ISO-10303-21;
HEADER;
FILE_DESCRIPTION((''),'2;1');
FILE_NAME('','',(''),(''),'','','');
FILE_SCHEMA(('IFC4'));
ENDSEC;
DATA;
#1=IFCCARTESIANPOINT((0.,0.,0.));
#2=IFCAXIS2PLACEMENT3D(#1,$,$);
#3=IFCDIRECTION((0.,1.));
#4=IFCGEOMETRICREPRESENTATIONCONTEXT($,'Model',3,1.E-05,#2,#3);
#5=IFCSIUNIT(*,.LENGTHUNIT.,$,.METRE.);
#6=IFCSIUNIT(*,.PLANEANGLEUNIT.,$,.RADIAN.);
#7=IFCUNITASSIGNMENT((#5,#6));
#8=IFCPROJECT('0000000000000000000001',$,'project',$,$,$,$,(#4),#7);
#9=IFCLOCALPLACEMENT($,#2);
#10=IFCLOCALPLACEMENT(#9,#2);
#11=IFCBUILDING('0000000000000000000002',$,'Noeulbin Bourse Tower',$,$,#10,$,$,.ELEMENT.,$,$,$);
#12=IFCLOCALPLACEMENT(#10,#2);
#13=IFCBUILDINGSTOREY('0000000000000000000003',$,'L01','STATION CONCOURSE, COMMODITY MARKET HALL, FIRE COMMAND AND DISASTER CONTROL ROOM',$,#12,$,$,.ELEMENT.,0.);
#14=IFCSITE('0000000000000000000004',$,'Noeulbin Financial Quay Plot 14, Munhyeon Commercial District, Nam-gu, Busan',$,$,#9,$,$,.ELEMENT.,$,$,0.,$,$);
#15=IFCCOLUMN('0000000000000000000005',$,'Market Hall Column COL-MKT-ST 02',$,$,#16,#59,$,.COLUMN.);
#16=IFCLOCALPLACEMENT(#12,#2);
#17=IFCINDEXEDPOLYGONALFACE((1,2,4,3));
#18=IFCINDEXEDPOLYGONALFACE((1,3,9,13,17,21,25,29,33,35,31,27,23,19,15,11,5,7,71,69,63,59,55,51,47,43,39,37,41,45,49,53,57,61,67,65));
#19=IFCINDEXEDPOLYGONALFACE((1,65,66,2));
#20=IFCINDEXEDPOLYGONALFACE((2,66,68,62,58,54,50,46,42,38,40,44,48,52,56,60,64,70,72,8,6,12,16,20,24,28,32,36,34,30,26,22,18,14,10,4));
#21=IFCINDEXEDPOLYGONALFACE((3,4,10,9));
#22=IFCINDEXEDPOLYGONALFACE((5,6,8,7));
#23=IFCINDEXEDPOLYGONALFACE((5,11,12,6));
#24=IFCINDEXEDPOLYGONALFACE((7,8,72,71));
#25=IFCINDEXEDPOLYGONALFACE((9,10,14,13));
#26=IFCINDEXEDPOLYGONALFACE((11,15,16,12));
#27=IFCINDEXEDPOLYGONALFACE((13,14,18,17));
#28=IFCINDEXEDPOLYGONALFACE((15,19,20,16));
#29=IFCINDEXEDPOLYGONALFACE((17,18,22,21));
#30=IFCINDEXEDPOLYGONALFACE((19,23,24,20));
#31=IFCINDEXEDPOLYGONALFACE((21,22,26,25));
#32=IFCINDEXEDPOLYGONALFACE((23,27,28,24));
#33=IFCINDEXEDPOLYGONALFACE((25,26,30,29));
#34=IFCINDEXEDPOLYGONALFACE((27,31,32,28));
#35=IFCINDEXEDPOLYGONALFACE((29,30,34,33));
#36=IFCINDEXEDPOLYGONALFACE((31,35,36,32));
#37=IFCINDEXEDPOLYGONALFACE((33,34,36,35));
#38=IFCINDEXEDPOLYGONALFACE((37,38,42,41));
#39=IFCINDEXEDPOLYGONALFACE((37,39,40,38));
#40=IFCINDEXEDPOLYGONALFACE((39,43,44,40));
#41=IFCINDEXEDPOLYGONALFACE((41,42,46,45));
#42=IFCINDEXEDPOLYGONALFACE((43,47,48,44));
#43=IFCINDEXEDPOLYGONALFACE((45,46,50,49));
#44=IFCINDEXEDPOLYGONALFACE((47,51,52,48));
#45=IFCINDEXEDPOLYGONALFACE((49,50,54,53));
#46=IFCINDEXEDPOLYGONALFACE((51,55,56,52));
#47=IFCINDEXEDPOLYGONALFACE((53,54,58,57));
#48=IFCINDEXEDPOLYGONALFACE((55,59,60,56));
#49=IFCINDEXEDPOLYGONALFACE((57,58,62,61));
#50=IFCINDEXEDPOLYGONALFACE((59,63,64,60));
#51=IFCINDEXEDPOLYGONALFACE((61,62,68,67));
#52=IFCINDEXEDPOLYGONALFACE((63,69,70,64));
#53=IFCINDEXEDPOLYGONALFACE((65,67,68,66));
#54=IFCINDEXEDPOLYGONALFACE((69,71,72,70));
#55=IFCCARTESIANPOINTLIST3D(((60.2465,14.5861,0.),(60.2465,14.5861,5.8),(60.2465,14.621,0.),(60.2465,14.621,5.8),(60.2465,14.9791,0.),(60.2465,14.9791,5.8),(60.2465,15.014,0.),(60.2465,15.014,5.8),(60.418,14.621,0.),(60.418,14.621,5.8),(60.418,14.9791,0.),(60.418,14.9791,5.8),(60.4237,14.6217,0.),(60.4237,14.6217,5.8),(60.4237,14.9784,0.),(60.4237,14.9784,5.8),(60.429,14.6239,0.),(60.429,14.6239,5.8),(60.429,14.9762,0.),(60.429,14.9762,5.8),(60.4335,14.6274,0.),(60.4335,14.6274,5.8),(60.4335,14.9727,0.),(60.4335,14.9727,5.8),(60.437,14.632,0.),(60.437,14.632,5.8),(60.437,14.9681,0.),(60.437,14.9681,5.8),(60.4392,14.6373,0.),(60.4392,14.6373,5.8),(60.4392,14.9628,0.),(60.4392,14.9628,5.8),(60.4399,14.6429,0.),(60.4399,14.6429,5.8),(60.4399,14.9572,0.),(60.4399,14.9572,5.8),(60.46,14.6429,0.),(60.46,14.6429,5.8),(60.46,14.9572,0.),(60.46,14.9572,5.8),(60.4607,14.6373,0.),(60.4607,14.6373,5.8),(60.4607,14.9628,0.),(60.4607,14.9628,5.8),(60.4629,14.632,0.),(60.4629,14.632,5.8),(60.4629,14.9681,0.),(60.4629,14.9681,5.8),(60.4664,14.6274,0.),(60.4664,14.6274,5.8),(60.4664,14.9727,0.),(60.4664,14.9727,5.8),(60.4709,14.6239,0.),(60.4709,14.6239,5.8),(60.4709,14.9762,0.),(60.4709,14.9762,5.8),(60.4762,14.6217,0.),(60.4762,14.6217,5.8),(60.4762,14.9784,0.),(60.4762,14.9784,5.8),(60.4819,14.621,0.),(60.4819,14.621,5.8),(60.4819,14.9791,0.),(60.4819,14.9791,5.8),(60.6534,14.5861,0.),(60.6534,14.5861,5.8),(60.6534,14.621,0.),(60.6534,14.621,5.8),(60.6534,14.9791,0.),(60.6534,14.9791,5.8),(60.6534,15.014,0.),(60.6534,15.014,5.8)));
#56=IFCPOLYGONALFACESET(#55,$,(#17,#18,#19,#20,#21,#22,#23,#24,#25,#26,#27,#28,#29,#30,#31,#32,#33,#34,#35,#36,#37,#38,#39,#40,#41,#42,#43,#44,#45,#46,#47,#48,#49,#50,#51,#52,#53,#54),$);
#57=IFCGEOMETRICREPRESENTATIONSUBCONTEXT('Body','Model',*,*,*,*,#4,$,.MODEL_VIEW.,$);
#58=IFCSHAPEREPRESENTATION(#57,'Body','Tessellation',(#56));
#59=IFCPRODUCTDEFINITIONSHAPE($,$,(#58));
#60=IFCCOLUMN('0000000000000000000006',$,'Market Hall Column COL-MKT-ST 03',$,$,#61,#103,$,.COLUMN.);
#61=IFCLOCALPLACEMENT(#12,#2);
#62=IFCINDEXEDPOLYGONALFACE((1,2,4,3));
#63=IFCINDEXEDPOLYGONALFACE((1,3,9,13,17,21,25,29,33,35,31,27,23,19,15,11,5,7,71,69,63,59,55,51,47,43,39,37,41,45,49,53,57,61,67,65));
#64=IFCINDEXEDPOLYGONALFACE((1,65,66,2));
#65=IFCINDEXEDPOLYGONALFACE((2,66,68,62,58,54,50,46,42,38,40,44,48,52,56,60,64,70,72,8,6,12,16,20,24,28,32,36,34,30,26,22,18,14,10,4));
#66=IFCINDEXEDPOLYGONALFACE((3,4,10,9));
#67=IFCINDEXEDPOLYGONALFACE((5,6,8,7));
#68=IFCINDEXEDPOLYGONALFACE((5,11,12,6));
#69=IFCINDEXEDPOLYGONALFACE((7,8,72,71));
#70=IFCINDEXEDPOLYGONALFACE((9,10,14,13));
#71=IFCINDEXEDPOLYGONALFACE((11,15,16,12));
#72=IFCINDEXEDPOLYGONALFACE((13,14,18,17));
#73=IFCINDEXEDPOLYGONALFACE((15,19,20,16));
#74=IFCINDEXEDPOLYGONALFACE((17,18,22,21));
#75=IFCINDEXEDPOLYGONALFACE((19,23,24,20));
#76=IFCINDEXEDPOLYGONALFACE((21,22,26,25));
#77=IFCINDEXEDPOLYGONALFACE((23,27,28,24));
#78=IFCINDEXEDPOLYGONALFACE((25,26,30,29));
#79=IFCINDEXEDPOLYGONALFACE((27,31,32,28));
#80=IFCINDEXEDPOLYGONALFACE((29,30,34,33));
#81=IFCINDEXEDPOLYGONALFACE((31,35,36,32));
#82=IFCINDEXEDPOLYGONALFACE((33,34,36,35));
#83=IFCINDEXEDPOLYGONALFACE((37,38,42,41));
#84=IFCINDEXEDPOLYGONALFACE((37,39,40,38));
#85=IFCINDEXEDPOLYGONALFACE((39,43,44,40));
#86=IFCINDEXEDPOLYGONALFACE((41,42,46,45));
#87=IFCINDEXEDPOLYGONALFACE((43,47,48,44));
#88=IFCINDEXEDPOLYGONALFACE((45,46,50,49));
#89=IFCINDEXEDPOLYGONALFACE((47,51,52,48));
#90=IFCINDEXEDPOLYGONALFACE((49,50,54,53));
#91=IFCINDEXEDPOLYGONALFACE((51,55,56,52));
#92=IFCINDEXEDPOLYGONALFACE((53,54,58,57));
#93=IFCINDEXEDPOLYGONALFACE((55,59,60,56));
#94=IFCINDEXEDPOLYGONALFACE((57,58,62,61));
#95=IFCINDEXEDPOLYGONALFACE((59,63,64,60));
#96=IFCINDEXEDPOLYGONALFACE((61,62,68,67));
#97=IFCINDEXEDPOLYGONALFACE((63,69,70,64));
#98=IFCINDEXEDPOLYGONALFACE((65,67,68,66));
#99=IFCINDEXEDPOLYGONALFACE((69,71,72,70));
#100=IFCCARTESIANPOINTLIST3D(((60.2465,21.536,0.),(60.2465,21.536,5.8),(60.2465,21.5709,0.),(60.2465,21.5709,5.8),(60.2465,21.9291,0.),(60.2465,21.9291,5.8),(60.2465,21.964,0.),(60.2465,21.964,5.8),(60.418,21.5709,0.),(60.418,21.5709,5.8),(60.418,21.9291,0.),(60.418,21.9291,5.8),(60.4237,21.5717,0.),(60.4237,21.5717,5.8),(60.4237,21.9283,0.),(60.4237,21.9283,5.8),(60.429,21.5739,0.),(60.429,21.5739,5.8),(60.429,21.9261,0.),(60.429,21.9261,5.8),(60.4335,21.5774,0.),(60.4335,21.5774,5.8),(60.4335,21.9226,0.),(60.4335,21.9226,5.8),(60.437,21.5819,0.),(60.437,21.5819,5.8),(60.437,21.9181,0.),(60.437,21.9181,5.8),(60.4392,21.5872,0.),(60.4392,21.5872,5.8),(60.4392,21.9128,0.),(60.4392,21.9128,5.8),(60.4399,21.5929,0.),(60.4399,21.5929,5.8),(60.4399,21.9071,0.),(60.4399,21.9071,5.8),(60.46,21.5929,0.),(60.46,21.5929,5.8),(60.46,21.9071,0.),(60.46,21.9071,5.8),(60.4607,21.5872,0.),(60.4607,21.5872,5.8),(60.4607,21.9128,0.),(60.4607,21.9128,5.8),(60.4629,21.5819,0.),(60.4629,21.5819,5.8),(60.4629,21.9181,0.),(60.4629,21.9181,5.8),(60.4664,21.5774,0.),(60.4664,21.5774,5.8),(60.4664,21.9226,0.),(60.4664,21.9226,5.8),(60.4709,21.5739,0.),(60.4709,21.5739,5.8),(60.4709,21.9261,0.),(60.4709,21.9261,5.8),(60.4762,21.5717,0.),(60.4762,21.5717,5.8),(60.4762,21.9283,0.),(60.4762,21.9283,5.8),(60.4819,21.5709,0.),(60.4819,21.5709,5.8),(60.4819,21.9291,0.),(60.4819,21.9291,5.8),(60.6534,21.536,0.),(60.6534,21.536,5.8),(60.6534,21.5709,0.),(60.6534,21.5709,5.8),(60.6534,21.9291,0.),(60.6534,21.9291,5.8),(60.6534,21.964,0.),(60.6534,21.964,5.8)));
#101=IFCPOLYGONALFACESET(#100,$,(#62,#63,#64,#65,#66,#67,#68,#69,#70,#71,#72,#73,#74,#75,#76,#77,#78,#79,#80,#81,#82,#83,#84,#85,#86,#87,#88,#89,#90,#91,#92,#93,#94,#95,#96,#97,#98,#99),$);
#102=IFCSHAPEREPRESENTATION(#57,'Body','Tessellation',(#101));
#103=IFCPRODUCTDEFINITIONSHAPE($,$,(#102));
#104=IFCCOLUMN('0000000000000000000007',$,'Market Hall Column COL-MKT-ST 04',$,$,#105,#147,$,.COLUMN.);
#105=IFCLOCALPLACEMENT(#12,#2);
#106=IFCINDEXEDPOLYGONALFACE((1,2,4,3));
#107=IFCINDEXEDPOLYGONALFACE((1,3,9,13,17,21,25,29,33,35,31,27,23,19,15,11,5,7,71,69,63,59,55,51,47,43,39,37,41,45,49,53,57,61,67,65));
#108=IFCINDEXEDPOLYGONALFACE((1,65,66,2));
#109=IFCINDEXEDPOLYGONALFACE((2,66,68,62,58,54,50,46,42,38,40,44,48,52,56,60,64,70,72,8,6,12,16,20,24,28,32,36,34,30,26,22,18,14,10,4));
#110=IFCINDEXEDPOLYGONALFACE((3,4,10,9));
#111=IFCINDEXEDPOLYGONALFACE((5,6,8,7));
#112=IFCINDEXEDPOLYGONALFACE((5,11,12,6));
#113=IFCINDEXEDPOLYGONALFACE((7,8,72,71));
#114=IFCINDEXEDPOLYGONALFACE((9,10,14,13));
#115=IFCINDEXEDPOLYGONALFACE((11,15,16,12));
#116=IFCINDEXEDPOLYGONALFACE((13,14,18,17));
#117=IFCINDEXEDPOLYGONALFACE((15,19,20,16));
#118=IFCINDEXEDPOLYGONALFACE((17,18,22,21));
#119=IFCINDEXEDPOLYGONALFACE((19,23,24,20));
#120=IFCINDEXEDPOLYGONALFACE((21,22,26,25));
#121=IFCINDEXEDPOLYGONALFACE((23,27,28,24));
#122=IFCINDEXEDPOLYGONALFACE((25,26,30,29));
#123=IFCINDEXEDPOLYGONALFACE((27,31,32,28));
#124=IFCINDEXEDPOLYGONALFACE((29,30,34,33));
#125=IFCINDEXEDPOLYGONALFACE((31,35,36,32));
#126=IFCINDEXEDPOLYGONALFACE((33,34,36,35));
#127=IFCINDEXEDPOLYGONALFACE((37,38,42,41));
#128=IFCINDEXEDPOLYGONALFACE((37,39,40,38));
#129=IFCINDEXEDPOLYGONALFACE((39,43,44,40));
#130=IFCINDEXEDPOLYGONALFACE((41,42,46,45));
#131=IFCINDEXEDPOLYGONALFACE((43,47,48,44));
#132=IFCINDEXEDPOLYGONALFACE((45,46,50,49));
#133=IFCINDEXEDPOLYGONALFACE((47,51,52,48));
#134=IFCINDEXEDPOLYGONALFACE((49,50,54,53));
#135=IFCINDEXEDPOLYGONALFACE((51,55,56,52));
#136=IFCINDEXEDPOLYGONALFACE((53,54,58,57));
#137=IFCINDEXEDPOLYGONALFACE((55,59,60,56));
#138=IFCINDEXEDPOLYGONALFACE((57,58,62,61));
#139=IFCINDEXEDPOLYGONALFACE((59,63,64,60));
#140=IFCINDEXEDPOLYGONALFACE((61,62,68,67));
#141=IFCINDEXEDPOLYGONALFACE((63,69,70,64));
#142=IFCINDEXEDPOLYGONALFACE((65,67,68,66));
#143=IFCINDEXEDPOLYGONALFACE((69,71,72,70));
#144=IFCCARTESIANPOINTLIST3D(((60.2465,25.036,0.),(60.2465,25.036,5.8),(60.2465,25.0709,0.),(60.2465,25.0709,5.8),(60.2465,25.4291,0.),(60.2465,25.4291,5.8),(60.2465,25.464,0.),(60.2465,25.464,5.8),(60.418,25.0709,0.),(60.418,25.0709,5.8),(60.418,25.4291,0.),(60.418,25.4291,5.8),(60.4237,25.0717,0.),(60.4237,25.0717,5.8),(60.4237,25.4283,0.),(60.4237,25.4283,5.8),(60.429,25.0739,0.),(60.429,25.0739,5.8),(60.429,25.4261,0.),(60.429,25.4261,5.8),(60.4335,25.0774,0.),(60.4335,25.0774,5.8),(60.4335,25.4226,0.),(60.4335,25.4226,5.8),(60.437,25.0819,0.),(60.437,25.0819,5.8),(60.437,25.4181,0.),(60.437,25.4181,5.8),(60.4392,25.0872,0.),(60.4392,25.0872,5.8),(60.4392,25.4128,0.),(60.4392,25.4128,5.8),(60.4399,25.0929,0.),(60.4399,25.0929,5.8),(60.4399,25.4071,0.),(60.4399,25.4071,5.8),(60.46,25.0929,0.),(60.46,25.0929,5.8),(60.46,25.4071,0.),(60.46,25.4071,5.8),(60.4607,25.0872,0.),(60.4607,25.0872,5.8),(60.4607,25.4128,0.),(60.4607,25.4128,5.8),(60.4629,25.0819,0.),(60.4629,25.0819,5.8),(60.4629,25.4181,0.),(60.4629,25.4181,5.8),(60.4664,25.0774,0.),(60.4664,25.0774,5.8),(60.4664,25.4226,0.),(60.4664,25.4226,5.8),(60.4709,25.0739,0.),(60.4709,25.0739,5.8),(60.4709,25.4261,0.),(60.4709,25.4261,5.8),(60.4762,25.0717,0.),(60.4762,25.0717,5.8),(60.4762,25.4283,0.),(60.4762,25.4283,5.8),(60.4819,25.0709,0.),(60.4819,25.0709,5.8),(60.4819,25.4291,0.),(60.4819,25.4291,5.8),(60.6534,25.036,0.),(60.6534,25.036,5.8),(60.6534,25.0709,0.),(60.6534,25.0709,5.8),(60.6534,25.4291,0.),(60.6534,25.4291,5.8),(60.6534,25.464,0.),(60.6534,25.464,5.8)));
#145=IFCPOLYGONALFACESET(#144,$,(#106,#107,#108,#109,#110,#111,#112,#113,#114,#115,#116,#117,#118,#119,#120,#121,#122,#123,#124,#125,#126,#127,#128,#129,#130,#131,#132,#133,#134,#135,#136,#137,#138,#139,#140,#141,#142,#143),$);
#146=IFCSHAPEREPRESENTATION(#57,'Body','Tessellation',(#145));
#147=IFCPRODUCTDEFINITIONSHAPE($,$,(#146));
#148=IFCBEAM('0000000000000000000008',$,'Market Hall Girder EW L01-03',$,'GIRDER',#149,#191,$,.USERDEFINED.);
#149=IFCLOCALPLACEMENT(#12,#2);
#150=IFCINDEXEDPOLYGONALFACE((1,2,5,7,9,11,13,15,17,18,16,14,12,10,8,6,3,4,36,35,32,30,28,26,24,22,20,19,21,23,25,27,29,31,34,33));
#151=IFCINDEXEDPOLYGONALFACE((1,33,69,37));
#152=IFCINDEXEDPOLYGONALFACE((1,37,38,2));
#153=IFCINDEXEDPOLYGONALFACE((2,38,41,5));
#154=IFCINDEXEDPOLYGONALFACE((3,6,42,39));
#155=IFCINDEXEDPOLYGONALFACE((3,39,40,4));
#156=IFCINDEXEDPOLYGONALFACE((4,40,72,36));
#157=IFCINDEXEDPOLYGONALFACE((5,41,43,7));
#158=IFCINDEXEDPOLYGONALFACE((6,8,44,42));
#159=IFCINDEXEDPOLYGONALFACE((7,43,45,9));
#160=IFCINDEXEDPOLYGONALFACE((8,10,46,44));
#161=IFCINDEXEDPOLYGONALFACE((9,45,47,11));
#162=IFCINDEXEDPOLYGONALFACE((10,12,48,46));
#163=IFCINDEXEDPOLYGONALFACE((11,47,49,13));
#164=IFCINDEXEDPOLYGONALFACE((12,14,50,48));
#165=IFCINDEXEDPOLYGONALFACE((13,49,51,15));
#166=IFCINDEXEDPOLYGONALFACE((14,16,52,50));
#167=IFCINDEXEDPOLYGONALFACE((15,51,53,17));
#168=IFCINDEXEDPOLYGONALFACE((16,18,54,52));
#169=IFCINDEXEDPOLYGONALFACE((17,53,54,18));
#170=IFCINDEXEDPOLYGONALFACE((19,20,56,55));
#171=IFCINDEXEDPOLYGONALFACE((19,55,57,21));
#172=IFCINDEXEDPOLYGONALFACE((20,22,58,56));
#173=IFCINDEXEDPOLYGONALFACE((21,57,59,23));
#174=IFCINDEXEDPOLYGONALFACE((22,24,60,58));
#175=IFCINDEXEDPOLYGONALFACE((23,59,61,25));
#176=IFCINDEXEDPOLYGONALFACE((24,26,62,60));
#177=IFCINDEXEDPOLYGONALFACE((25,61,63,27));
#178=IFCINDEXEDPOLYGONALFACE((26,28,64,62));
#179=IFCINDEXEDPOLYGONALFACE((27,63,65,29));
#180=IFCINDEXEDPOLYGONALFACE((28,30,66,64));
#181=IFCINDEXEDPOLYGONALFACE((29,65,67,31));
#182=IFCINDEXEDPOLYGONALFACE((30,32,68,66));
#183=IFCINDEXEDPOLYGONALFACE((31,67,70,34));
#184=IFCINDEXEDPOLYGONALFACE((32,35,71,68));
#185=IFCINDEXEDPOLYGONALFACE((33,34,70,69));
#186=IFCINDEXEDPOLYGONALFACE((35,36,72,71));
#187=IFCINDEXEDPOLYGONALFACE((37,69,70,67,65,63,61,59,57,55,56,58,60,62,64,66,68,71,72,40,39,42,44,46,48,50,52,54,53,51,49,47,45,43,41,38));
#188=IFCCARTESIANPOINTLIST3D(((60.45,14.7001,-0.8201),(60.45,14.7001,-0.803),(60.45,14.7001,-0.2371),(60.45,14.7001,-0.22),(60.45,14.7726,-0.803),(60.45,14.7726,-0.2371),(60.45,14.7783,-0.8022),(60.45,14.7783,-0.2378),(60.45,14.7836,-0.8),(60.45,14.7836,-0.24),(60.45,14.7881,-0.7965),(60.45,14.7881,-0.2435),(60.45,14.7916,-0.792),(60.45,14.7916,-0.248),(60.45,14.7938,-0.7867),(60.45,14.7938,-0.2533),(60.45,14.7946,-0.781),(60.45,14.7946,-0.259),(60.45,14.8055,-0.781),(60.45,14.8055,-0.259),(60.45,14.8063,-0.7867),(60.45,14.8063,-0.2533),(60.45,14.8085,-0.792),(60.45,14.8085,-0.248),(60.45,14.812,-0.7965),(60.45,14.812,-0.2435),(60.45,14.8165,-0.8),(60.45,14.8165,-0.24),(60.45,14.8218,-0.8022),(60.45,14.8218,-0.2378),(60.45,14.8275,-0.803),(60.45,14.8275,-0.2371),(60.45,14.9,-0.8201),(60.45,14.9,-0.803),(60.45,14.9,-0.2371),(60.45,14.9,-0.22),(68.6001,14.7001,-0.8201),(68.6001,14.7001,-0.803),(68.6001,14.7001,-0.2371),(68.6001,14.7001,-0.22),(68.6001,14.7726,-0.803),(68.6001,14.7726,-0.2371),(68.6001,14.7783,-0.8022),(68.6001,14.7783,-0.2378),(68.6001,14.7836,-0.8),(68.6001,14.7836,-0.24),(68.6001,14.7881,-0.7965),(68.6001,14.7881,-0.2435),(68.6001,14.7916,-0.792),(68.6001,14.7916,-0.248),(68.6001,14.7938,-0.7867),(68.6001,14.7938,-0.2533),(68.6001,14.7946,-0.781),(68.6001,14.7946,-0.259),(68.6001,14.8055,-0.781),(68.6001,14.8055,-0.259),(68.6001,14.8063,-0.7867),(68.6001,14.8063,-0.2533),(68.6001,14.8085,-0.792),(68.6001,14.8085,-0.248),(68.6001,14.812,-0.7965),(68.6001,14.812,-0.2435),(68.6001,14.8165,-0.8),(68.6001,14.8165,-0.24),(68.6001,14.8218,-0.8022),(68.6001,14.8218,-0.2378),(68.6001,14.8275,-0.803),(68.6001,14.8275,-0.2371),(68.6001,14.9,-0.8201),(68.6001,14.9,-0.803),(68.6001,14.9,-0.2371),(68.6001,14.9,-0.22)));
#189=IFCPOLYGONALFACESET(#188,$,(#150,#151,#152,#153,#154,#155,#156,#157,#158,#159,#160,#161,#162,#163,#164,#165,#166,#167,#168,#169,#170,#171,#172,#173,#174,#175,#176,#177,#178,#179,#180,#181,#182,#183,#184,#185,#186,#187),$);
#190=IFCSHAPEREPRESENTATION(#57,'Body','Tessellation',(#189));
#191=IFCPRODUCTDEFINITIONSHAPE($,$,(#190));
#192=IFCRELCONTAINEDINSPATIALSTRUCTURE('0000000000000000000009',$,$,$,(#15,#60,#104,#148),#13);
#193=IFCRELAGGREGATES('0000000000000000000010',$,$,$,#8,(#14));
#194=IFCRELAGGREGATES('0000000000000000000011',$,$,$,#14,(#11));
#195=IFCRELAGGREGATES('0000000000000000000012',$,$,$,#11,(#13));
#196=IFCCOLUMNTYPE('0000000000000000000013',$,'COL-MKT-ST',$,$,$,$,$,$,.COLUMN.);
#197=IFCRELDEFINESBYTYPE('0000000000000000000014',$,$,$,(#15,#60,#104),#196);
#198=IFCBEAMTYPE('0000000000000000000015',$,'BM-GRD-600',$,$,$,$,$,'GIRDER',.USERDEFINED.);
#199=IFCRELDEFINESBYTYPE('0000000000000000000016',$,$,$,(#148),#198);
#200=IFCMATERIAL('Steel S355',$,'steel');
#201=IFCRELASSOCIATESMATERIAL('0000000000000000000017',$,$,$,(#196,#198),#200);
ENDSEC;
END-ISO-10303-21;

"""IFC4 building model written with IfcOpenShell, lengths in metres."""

from ifc_helpers import new_model, si_unit, direction, frame, origin, origin_2d, place, context, subcontext, project, spatial, i_section, extrude, material, material_profile, profile_set, type_object, element, save


model = new_model("IFC4")

# Units and contexts
model_context = context("Model", 3, precision=1e-05, world=origin(), true_north=direction((0.0, 1.0)))
body_context = subcontext(model_context, "Body", "Model", "MODEL_VIEW")
ifc_project = project(units=[si_unit("LENGTHUNIT", "METRE"), si_unit("PLANEANGLEUNIT", "RADIAN")], contexts=[model_context])

# Site, building, storey
site_placement = place(None, origin())
site = spatial("IfcSite", under=ifc_project, at=site_placement, Name="Noeulbin Financial Quay Plot 14, Munhyeon Commercial District, Nam-gu, Busan", CompositionType="ELEMENT", RefElevation=0.0)
building_placement = place(site_placement, origin())
building = spatial("IfcBuilding", under=site, at=building_placement, Name="Noeulbin Bourse Tower", CompositionType="ELEMENT")
storey_placement = place(building_placement, origin())
storey = spatial("IfcBuildingStorey", under=building, at=storey_placement, Name="L01", Description="STATION CONCOURSE, COMMODITY MARKET HALL, FIRE COMMAND AND DISASTER CONTROL ROOM", CompositionType="ELEMENT", Elevation=0.0)

# Columns
ifc_material_1 = material(Name="Steel S355", Category="steel")
ifc_material_profile_1 = material_profile(ifc_material_1, i_section(OverallWidth=0.407, OverallDepth=0.428, WebThickness=0.02, FlangeThickness=0.0349, FilletRadius=0.022, at=origin_2d()), Name="H-428x407x20x35", Category="LoadBearing")
ifc_profile_set_1 = profile_set([ifc_material_profile_1], Name="Steel S355")
column_type = type_object("IfcColumnType", Name="COL-MKT-ST", PredefinedType="COLUMN", material=ifc_profile_set_1)
for number, where, z_axis, x_axis, name in (
    (1, (60.45, 14.8, 0.0), (0.0, 0.0, 1.0), (1.0, 0.0, 0.0), "Market Hall Column COL-MKT-ST 02"),
    (2, (60.45, 21.75, 0.0), (0.0, 0.0, 1.0), (1.0, 0.0, 0.0), "Market Hall Column COL-MKT-ST 03"),
    (3, (60.45, 25.25, 0.0), (0.0, 0.0, 1.0), (1.0, 0.0, 0.0), "Market Hall Column COL-MKT-ST 04"),
):
    element("IfcColumn", number, at=place(storey_placement, frame(where, z_axis=z_axis, x_axis=x_axis)), inside=storey, type_object=column_type, Name=name, PredefinedType="COLUMN", context=body_context, shape_type="SweptSolid", body=[
        extrude(i_section(OverallWidth=0.407, OverallDepth=0.428, WebThickness=0.02, FlangeThickness=0.0349, FilletRadius=0.022, at=origin_2d()), origin(), (0.0, 0.0, 1.0), 5.8),
    ])

# Beam
ifc_material_profile_2 = material_profile(ifc_material_1, i_section(OverallWidth=0.2, OverallDepth=0.6001, WebThickness=0.011, FlangeThickness=0.0171, FilletRadius=0.022, at=origin_2d()), Name="H-600x200x11x17", Category="LoadBearing")
ifc_profile_set_2 = profile_set([ifc_material_profile_2], Name="Steel S355")
beam_type = type_object("IfcBeamType", Name="BM-GRD-600", ElementType="GIRDER", PredefinedType="USERDEFINED", material=ifc_profile_set_2)
beam_1_placement = place(storey_placement, frame((60.45, 14.8, -0.52), z_axis=(1.0, 0.0, 0.0), x_axis=(0.0, 1.0, 0.0)))
element("IfcBeam", 4, at=beam_1_placement, inside=storey, type_object=beam_type, Name="Market Hall Girder EW L01-03", ObjectType="GIRDER", PredefinedType="USERDEFINED", context=body_context, shape_type="SweptSolid", body=[
    extrude(i_section(OverallWidth=0.2, OverallDepth=0.6001, WebThickness=0.011, FlangeThickness=0.0171, FilletRadius=0.022, at=origin_2d()), origin(), (0.0, 0.0, 1.0), 8.1501),
])

save(model, "model.ifc")
